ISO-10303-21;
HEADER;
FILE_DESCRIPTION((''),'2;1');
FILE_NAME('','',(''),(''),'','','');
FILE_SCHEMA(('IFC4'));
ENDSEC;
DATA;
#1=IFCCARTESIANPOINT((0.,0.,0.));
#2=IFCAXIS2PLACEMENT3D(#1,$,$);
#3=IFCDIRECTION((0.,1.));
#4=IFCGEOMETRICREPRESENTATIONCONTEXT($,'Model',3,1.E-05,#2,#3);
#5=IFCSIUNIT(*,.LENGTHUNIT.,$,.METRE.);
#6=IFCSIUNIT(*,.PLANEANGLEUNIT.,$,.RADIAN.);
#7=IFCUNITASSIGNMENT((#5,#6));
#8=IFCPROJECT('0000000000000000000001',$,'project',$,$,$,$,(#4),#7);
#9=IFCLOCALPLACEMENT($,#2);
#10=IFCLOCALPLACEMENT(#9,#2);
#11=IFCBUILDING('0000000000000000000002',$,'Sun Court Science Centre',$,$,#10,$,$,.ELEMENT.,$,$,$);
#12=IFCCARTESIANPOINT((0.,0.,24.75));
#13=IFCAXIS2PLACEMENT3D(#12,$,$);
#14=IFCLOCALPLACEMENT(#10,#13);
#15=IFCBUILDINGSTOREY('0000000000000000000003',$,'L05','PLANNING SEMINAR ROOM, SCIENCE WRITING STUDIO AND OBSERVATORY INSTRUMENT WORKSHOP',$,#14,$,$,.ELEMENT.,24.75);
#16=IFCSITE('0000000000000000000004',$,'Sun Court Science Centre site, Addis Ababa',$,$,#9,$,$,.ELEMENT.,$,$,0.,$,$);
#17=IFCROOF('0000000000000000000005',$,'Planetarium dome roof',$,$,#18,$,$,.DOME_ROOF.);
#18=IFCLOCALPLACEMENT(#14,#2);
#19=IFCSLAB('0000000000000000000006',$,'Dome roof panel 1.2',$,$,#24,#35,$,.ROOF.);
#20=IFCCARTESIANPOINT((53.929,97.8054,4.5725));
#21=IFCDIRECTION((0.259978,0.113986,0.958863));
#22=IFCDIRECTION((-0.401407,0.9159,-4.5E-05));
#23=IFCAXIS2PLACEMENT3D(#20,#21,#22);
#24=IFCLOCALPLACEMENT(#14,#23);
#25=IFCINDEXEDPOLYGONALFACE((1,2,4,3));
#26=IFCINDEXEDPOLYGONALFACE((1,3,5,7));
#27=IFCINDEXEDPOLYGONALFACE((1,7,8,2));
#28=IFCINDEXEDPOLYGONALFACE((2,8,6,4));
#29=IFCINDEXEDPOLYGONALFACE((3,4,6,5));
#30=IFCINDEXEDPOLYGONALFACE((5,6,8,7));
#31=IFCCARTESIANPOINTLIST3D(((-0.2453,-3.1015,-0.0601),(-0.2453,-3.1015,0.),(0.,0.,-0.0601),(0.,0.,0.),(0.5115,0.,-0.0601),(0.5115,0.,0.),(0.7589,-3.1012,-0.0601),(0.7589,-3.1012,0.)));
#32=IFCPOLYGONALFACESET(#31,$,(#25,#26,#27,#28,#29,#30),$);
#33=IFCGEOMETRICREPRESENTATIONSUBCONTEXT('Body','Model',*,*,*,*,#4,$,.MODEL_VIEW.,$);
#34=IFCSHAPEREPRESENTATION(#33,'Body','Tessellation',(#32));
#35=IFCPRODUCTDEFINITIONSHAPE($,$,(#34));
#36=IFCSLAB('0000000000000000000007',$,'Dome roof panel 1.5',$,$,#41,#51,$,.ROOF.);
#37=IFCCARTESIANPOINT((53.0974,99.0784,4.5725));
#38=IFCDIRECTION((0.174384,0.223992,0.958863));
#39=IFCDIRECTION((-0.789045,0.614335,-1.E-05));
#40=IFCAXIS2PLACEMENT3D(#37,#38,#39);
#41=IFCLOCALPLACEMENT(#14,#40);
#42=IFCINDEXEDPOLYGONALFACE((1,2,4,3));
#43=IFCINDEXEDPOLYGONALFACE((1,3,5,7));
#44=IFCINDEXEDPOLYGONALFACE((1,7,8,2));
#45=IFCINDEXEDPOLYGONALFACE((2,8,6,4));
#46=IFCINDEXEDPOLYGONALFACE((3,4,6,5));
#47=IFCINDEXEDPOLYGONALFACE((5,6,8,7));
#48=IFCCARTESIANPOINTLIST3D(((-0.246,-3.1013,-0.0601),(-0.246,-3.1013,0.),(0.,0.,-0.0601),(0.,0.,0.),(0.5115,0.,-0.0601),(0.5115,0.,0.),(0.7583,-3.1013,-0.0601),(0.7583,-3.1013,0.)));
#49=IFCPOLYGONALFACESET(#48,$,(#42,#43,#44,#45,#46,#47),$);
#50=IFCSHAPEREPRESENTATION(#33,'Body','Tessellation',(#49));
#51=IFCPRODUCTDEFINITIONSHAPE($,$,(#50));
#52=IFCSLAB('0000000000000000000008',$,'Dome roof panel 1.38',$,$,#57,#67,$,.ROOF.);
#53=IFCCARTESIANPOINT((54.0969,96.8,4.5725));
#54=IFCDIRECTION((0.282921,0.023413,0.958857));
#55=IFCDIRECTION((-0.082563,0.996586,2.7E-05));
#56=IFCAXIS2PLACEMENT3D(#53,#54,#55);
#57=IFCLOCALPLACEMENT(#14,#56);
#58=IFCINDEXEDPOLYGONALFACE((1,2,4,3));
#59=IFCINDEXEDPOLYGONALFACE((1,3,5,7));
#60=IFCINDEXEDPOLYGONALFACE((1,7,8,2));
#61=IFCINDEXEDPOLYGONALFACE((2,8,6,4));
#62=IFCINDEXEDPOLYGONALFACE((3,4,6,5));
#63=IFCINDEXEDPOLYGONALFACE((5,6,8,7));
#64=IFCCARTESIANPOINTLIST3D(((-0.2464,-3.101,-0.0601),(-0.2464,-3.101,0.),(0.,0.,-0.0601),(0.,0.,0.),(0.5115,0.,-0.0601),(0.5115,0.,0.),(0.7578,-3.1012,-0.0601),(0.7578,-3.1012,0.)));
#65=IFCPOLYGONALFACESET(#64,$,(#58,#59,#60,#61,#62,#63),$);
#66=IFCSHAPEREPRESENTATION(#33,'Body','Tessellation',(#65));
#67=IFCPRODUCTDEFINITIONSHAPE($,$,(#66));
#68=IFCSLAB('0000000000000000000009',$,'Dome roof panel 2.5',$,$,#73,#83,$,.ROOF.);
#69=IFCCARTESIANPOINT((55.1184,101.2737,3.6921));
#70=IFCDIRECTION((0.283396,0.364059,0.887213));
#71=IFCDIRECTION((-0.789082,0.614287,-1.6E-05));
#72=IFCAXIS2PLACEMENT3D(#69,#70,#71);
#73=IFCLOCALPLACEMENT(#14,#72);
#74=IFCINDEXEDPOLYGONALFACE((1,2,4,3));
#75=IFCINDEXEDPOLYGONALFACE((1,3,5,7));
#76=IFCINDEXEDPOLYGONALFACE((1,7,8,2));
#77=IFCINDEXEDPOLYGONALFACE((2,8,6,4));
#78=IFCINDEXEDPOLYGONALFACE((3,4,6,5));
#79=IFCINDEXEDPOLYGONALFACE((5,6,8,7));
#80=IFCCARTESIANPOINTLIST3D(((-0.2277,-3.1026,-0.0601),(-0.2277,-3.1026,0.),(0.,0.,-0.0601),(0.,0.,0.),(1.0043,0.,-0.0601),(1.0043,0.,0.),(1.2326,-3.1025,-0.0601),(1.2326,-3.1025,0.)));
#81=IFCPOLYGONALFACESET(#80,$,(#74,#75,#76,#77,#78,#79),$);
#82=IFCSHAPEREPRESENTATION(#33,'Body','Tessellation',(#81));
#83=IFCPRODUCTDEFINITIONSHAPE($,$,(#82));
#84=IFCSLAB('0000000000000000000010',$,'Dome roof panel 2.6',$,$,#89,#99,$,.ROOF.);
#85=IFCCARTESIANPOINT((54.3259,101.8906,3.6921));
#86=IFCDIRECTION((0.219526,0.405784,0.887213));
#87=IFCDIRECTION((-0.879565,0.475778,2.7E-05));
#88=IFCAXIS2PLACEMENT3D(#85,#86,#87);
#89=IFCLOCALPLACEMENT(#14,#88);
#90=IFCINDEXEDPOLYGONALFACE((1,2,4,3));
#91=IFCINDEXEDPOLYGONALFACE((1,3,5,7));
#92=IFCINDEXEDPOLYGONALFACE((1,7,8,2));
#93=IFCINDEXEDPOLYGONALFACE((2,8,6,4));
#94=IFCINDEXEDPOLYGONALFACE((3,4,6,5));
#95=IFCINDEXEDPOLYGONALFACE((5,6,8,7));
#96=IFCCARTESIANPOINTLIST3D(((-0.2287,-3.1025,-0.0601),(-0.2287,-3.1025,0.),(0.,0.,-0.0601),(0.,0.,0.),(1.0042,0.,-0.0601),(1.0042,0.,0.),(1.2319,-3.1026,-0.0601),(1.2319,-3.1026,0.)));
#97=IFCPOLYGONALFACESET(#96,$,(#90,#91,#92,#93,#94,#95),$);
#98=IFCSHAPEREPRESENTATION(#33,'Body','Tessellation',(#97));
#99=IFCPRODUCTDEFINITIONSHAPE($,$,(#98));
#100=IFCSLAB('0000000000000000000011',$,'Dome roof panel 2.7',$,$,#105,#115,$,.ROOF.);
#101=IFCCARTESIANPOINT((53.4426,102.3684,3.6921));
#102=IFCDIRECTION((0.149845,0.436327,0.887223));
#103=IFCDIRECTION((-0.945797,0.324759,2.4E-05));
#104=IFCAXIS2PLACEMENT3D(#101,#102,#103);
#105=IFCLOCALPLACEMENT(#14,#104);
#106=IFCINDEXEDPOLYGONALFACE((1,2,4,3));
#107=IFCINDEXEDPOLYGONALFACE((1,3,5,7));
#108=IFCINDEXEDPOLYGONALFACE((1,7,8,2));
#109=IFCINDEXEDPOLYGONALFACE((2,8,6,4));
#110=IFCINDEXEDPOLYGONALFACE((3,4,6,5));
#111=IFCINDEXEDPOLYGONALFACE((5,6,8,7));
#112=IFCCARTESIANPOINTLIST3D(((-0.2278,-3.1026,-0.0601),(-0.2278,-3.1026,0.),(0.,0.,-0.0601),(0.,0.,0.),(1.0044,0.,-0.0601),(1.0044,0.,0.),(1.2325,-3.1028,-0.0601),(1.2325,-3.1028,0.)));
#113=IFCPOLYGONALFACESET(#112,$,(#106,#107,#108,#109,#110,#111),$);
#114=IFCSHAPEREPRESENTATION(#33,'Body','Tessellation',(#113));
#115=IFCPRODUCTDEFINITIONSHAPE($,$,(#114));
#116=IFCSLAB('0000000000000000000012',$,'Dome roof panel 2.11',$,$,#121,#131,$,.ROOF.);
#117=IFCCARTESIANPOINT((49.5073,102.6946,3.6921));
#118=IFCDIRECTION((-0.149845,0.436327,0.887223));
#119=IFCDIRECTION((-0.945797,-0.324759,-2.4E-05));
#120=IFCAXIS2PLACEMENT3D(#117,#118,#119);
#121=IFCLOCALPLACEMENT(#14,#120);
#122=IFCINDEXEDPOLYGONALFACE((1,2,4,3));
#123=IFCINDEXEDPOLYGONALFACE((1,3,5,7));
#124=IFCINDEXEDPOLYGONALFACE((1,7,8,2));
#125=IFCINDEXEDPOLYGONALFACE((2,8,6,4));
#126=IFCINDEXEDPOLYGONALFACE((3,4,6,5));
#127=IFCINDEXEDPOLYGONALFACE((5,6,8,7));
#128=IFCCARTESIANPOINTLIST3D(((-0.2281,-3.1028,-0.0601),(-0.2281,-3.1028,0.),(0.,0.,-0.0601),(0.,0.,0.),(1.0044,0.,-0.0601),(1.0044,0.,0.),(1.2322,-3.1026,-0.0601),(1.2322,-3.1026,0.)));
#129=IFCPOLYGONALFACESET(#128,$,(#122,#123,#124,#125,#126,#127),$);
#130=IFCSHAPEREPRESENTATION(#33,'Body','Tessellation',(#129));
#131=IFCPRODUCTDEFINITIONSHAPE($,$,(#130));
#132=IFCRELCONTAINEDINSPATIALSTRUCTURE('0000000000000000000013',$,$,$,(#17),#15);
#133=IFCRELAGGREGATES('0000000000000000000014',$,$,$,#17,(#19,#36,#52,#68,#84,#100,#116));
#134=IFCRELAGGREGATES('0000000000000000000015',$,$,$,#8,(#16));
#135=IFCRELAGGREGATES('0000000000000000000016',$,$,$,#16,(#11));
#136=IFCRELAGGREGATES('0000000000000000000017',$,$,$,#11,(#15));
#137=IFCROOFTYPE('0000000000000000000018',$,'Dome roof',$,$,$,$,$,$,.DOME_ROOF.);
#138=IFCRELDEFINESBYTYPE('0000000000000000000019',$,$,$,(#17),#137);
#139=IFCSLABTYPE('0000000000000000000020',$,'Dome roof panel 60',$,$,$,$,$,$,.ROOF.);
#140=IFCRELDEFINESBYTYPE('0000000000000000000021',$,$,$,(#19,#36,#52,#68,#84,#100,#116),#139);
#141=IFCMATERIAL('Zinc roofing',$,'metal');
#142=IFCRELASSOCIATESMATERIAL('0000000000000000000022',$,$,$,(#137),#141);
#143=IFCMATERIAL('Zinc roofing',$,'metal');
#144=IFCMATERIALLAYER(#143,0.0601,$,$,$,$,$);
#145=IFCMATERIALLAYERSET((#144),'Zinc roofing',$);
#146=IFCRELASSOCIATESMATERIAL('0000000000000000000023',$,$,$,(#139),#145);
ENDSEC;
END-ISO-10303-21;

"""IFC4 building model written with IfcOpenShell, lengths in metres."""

from ifc_helpers import new_model, si_unit, direction, frame, origin, place, context, subcontext, project, spatial, polyline, outline, extrude, material, layer, layer_set, type_object, element, aggregate, save


model = new_model("IFC4")

# Units and contexts
model_context = context("Model", 3, precision=1e-05, world=origin(), true_north=direction((0.0, 1.0)))
body_context = subcontext(model_context, "Body", "Model", "MODEL_VIEW")
ifc_project = project(units=[si_unit("LENGTHUNIT", "METRE"), si_unit("PLANEANGLEUNIT", "RADIAN")], contexts=[model_context])

# Site, building, storey
site_placement = place(None, origin())
site = spatial("IfcSite", under=ifc_project, at=site_placement, Name="Sun Court Science Centre site, Addis Ababa", CompositionType="ELEMENT", RefElevation=0.0)
building_placement = place(site_placement, origin())
building = spatial("IfcBuilding", under=site, at=building_placement, Name="Sun Court Science Centre", CompositionType="ELEMENT")
storey_placement = place(building_placement, frame((0.0, 0.0, 24.75)))
storey = spatial("IfcBuildingStorey", under=building, at=storey_placement, Name="L05", Description="PLANNING SEMINAR ROOM, SCIENCE WRITING STUDIO AND OBSERVATORY INSTRUMENT WORKSHOP", CompositionType="ELEMENT", Elevation=24.75)

# Roof, slabs
ifc_material_1 = material(Name="Zinc roofing", Category="metal")
roof_type = type_object("IfcRoofType", Name="Dome roof", PredefinedType="DOME_ROOF", material=ifc_material_1)
roof_placement = place(storey_placement, origin())
roof = element("IfcRoof", 1, at=roof_placement, inside=storey, type_object=roof_type, Name="Planetarium dome roof", PredefinedType="DOME_ROOF")
ifc_material_2 = material(Name="Zinc roofing", Category="metal")
ifc_layer = layer(ifc_material_2, 0.0601)
ifc_layer_set = layer_set([ifc_layer], Name="Zinc roofing")
slab_type = type_object("IfcSlabType", Name="Dome roof panel 60", PredefinedType="ROOF", material=ifc_layer_set)
slab_1_placement = place(storey_placement, frame((53.929, 97.8054, 4.5725), z_axis=(0.259978, 0.113986, 0.958863), x_axis=(-0.401407, 0.9159, -0.000045)))
slab_1 = element("IfcSlab", 2, at=slab_1_placement, type_object=slab_type, Name="Dome roof panel 1.2", PredefinedType="ROOF", context=body_context, shape_type="SweptSolid", body=[
    extrude(outline(polyline([(0.0, 0.0), (0.5115, 0.0), (0.7589, -3.1012), (-0.2453, -3.1015), (0.0, 0.0)])), origin(), (0.0, 0.0, -1.0), 0.0601),
])
slab_2_placement = place(storey_placement, frame((53.0974, 99.0784, 4.5725), z_axis=(0.174384, 0.223992, 0.958863), x_axis=(-0.789045, 0.614335, -0.00001)))
slab_2 = element("IfcSlab", 3, at=slab_2_placement, type_object=slab_type, Name="Dome roof panel 1.5", PredefinedType="ROOF", context=body_context, shape_type="SweptSolid", body=[
    extrude(outline(polyline([(0.0, 0.0), (0.5115, 0.0), (0.7583, -3.1013), (-0.246, -3.1013), (0.0, 0.0)])), origin(), (0.0, 0.0, -1.0), 0.0601),
])
slab_3_placement = place(storey_placement, frame((54.0969, 96.8, 4.5725), z_axis=(0.282921, 0.023413, 0.958857), x_axis=(-0.082563, 0.996586, 0.000027)))
slab_3 = element("IfcSlab", 4, at=slab_3_placement, type_object=slab_type, Name="Dome roof panel 1.38", PredefinedType="ROOF", context=body_context, shape_type="SweptSolid", body=[
    extrude(outline(polyline([(0.0, 0.0), (0.5115, 0.0), (0.7578, -3.1012), (-0.2464, -3.101), (0.0, 0.0)])), origin(), (0.0, 0.0, -1.0), 0.0601),
])
slab_4_placement = place(storey_placement, frame((55.1184, 101.2737, 3.6921), z_axis=(0.283396, 0.364059, 0.887213), x_axis=(-0.789082, 0.614287, -0.000016)))
slab_4 = element("IfcSlab", 5, at=slab_4_placement, type_object=slab_type, Name="Dome roof panel 2.5", PredefinedType="ROOF", context=body_context, shape_type="SweptSolid", body=[
    extrude(outline(polyline([(0.0, 0.0), (1.0043, 0.0), (1.2326, -3.1025), (-0.2277, -3.1026), (0.0, 0.0)])), origin(), (0.0, 0.0, -1.0), 0.0601),
])
slab_5_placement = place(storey_placement, frame((54.3259, 101.8906, 3.6921), z_axis=(0.219526, 0.405784, 0.887213), x_axis=(-0.879565, 0.475778, 0.000027)))
slab_5 = element("IfcSlab", 6, at=slab_5_placement, type_object=slab_type, Name="Dome roof panel 2.6", PredefinedType="ROOF", context=body_context, shape_type="SweptSolid", body=[
    extrude(outline(polyline([(0.0, 0.0), (1.0042, 0.0), (1.2319, -3.1026), (-0.2287, -3.1025), (0.0, 0.0)])), origin(), (0.0, 0.0, -1.0), 0.0601),
])
slab_6_placement = place(storey_placement, frame((53.4426, 102.3684, 3.6921), z_axis=(0.149845, 0.436327, 0.887223), x_axis=(-0.945797, 0.324759, 0.000024)))
slab_6 = element("IfcSlab", 7, at=slab_6_placement, type_object=slab_type, Name="Dome roof panel 2.7", PredefinedType="ROOF", context=body_context, shape_type="SweptSolid", body=[
    extrude(outline(polyline([(0.0, 0.0), (1.0044, 0.0), (1.2325, -3.1028), (-0.2278, -3.1026), (0.0, 0.0)])), origin(), (0.0, 0.0, -1.0), 0.0601),
])
slab_7_placement = place(storey_placement, frame((49.5073, 102.6946, 3.6921), z_axis=(-0.149845, 0.436327, 0.887223), x_axis=(-0.945797, -0.324759, -0.000024)))
slab_7 = element("IfcSlab", 8, at=slab_7_placement, type_object=slab_type, Name="Dome roof panel 2.11", PredefinedType="ROOF", context=body_context, shape_type="SweptSolid", body=[
    extrude(outline(polyline([(0.0, 0.0), (1.0044, 0.0), (1.2322, -3.1026), (-0.2281, -3.1028), (0.0, 0.0)])), origin(), (0.0, 0.0, -1.0), 0.0601),
])
aggregate(roof, [slab_1, slab_2, slab_3, slab_4, slab_5, slab_6, slab_7])

save(model, "model.ifc")
